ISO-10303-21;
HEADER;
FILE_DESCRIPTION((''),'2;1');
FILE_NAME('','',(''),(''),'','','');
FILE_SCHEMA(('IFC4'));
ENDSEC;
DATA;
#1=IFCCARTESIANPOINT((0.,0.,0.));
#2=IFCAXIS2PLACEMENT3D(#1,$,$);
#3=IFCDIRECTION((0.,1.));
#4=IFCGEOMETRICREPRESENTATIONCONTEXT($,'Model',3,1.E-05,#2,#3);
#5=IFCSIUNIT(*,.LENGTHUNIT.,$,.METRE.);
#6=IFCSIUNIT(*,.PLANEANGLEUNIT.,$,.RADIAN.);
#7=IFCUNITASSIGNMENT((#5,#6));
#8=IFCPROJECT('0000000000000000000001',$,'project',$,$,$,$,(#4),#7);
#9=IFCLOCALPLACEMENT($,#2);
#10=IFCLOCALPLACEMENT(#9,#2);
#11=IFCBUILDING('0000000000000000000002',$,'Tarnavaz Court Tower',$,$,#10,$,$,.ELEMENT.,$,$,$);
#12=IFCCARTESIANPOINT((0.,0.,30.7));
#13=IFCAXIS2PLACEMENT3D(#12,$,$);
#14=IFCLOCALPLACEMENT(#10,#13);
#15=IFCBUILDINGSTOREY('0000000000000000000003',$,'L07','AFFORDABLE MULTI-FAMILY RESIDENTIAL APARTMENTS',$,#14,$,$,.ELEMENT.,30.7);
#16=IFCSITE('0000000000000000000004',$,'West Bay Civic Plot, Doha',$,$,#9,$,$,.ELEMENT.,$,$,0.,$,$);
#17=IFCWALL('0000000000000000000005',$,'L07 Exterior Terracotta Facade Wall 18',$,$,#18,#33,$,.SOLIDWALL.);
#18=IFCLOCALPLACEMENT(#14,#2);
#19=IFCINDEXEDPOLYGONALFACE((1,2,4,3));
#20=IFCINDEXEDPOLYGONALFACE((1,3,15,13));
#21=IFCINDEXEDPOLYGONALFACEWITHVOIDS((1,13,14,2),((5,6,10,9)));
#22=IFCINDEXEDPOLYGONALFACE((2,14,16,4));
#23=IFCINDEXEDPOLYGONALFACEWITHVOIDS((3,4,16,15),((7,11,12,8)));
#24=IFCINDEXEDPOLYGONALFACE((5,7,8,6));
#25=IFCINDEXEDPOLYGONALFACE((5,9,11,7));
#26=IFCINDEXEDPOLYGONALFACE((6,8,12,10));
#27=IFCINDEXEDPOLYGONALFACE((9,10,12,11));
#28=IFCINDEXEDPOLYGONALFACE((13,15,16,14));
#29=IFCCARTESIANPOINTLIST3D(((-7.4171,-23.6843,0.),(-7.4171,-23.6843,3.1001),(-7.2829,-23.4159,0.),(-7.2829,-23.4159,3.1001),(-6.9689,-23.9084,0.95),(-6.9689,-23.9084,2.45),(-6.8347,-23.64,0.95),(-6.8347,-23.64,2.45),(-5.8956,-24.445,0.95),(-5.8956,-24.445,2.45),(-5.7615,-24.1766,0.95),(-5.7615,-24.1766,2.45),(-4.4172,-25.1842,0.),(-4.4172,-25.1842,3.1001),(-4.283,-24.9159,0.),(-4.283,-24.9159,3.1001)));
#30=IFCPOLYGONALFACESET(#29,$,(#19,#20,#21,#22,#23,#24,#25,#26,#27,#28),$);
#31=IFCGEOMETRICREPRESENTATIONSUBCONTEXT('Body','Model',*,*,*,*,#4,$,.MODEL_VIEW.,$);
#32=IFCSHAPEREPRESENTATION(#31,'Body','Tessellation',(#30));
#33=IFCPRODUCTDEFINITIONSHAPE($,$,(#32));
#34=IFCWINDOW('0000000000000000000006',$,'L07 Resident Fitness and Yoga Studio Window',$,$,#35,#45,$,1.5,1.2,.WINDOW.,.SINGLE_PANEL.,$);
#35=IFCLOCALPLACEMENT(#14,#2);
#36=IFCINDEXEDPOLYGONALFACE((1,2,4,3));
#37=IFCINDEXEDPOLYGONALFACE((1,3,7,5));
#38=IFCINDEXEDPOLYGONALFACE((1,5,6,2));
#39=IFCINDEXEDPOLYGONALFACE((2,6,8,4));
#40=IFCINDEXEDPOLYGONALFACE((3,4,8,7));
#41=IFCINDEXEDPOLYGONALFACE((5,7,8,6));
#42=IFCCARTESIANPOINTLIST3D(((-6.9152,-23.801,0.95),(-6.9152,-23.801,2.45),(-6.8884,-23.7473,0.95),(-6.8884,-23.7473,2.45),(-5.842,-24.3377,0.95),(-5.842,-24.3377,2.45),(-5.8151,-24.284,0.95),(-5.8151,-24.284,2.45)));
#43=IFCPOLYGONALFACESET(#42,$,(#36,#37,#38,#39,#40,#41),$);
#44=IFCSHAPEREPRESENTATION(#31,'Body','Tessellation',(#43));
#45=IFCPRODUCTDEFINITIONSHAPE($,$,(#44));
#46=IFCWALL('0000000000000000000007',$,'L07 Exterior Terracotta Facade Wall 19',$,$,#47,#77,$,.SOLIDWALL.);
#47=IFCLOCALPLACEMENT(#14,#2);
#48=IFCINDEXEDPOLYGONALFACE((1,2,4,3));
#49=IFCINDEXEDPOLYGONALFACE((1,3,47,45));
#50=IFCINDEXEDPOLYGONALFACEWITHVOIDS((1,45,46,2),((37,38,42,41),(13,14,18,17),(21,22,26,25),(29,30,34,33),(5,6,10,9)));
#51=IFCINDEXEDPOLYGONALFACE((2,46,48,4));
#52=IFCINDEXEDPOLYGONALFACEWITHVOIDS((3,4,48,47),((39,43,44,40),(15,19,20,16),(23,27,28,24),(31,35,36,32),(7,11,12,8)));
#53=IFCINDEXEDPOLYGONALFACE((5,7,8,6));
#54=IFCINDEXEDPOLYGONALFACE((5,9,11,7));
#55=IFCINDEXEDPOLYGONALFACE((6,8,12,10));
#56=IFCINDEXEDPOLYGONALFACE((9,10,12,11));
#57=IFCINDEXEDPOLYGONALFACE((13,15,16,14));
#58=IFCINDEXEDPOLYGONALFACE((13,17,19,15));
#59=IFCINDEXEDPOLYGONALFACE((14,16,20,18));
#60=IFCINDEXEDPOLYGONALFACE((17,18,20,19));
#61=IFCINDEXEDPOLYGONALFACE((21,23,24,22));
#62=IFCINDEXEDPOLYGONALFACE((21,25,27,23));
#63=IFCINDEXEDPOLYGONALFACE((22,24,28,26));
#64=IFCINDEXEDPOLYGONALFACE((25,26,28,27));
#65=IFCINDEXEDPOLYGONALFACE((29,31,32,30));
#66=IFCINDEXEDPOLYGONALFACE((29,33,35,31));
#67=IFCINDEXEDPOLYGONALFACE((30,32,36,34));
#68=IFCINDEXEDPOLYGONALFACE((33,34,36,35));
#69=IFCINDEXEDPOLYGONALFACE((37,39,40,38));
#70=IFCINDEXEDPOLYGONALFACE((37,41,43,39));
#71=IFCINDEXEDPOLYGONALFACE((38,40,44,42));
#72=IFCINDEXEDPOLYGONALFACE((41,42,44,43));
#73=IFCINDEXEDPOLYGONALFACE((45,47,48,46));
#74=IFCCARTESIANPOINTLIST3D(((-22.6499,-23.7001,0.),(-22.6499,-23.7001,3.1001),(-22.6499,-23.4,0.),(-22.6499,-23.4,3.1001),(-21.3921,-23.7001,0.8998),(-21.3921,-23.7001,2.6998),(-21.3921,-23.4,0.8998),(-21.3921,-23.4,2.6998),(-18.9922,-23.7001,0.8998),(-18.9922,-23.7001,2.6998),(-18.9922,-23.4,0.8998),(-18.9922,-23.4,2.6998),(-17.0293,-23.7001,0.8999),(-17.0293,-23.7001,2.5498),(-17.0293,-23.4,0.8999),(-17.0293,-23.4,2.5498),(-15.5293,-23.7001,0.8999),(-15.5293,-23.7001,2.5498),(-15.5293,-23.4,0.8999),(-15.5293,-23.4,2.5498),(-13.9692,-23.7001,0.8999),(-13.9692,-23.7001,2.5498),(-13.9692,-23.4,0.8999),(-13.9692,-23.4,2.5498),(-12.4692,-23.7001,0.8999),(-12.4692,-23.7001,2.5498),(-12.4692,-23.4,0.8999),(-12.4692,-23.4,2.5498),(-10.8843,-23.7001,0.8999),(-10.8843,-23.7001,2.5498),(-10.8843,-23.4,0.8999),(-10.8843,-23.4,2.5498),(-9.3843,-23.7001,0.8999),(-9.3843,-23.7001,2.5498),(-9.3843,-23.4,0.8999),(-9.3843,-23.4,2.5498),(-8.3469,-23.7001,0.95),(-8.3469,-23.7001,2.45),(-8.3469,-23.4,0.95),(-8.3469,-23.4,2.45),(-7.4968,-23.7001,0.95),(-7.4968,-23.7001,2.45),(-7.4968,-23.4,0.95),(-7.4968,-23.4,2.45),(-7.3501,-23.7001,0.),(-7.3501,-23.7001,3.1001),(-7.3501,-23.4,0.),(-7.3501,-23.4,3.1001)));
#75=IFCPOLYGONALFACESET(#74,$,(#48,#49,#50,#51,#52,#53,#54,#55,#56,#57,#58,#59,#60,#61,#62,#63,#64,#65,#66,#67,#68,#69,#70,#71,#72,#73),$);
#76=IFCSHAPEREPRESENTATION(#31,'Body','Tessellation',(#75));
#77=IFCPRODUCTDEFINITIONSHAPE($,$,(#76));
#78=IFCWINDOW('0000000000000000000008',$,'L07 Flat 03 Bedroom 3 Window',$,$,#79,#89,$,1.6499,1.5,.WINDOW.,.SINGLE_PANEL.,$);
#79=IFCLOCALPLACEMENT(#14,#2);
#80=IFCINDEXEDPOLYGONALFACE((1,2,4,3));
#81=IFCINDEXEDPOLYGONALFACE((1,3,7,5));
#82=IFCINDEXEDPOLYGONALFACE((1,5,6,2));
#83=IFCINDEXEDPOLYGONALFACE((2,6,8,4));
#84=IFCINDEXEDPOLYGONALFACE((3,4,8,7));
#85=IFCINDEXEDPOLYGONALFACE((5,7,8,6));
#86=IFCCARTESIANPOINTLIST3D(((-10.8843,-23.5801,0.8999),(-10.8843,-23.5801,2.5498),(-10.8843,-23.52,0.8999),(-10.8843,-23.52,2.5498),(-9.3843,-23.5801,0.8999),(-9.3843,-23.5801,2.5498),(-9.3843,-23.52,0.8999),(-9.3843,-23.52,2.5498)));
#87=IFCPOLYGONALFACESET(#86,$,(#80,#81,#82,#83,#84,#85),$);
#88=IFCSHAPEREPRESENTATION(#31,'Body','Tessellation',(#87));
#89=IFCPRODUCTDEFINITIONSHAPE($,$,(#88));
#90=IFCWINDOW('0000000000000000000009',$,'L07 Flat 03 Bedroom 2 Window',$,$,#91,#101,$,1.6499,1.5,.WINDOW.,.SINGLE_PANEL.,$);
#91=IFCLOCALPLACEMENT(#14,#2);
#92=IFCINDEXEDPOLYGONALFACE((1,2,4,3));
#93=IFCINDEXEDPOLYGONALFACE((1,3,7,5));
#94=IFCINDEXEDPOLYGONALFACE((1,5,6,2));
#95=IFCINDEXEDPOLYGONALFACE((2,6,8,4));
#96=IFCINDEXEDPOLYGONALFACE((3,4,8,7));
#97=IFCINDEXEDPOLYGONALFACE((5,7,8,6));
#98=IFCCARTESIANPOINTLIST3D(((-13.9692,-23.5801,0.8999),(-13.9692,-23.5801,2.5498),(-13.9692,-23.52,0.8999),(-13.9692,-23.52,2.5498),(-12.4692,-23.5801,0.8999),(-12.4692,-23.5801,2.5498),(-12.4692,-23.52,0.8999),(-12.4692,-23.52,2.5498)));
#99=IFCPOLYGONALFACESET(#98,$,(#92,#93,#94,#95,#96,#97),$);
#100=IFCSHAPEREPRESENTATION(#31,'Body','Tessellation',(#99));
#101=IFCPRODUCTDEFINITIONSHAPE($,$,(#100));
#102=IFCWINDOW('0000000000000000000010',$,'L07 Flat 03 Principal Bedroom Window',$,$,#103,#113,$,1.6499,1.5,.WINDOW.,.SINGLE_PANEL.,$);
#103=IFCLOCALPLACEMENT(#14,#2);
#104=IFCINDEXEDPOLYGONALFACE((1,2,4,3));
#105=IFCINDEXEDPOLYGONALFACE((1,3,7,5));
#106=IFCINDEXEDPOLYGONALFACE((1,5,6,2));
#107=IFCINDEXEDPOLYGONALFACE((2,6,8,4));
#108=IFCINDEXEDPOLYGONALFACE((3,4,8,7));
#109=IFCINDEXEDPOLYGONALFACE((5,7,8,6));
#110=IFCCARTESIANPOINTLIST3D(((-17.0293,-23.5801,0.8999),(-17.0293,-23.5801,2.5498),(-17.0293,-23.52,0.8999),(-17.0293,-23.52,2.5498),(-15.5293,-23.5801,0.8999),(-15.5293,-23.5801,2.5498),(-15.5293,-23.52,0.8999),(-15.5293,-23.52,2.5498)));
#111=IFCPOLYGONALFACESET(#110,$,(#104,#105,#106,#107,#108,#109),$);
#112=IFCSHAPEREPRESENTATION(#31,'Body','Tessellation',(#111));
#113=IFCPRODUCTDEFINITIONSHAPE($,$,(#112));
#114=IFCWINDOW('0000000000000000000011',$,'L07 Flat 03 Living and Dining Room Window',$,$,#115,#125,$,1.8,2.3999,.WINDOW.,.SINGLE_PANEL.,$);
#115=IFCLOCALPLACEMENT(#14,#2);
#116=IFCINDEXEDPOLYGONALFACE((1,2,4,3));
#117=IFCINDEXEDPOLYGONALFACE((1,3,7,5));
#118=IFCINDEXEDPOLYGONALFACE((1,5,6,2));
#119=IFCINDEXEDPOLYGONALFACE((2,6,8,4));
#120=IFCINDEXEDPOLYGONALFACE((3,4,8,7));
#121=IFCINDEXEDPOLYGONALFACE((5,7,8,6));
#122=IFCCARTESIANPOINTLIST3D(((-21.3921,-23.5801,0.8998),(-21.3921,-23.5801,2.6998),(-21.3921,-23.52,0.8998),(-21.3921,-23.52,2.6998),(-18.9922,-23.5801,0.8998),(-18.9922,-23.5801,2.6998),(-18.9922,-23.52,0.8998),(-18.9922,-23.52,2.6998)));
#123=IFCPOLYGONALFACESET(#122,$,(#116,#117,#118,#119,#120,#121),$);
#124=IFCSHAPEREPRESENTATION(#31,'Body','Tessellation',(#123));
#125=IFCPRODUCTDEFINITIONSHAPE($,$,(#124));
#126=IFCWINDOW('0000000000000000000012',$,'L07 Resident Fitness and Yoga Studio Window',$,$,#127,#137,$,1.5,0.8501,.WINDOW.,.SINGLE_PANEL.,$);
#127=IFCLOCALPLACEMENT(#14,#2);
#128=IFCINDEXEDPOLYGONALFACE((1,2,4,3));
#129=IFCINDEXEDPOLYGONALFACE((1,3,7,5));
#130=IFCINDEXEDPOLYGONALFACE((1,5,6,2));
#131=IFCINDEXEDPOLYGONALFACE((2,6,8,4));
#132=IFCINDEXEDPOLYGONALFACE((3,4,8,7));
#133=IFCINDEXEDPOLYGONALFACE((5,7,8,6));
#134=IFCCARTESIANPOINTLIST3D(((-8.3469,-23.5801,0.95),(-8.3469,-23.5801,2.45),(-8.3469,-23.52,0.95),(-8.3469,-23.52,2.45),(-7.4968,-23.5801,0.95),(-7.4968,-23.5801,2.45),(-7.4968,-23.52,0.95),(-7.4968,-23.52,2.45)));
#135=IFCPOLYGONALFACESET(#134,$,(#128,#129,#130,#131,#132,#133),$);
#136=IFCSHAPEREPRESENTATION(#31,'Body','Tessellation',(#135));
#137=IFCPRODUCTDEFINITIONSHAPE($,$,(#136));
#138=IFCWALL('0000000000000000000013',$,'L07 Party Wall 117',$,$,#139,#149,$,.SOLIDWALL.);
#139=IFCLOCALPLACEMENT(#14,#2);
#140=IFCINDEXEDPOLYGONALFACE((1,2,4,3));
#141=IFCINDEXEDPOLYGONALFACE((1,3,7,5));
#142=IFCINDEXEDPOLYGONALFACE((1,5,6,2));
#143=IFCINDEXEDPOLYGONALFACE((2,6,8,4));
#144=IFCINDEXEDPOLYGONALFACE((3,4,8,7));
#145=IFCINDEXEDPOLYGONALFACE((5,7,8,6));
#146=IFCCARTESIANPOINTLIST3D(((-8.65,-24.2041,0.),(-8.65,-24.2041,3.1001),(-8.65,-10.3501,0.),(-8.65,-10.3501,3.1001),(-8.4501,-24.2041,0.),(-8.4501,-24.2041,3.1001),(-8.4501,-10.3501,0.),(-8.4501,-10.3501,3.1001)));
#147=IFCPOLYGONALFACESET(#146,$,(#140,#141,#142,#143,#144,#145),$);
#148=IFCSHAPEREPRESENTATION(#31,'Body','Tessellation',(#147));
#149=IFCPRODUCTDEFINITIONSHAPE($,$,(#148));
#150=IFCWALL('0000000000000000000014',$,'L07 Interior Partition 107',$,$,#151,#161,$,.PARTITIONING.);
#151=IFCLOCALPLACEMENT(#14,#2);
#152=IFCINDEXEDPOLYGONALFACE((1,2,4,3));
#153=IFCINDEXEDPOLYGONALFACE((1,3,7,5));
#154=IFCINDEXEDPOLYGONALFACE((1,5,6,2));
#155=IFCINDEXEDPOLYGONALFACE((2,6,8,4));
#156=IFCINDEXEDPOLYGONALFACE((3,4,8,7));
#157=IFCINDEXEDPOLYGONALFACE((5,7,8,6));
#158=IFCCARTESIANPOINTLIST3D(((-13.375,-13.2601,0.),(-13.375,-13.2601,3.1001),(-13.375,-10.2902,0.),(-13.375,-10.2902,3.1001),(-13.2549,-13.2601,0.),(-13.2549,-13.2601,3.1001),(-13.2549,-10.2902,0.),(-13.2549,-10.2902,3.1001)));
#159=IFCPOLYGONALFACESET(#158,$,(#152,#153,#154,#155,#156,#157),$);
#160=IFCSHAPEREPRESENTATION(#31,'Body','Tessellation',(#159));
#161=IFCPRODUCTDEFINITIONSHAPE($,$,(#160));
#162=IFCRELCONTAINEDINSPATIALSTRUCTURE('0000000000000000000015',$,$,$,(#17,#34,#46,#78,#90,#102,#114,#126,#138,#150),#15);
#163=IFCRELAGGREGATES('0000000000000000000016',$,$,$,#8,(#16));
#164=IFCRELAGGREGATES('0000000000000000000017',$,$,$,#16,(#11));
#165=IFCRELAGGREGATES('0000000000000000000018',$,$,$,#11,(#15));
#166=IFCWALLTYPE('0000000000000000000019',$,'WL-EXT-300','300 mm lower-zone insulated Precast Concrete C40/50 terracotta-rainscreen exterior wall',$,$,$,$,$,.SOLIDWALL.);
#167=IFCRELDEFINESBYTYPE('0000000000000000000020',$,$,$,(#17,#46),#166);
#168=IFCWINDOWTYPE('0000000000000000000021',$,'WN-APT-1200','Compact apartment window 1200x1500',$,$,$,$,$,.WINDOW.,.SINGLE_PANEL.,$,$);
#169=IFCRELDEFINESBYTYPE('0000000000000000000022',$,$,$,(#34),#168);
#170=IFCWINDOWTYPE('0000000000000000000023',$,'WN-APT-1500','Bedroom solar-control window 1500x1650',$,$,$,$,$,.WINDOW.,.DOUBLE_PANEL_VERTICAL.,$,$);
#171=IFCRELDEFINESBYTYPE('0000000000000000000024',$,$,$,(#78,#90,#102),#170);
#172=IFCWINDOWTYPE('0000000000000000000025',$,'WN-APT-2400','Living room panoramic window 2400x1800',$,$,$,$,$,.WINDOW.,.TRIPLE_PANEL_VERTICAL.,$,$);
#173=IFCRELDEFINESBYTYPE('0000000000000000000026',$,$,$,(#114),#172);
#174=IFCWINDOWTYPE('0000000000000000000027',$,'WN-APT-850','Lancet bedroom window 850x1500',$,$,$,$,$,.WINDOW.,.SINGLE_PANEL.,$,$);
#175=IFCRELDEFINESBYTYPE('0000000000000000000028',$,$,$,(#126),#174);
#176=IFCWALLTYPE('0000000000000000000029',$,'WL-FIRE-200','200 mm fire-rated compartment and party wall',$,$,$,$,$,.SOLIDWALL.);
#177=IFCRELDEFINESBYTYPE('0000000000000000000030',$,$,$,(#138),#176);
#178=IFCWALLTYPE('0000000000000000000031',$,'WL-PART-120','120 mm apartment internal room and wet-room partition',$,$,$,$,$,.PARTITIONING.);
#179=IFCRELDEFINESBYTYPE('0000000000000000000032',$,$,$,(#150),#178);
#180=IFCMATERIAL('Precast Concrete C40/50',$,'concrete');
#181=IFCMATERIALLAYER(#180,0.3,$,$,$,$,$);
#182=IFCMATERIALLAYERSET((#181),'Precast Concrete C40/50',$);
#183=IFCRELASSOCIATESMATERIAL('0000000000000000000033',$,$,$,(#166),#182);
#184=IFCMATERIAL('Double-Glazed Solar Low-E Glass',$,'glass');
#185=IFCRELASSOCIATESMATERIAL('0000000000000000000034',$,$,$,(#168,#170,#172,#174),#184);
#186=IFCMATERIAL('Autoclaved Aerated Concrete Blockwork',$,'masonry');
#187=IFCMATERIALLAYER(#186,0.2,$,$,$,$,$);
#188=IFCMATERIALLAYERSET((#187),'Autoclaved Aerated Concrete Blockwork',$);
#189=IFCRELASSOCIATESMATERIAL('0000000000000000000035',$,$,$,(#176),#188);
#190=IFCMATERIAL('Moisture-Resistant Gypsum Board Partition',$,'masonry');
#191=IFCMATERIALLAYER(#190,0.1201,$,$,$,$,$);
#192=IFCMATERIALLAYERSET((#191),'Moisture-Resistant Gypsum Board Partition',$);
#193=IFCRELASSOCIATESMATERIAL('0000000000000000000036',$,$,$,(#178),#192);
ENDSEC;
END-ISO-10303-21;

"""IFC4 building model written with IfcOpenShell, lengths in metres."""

from ifc_helpers import new_model, si_unit, direction, frame, frame_2d, origin, place, context, subcontext, project, spatial, rectangle, extrude, material, layer, layer_set, type_object, element, fill, save


model = new_model("IFC4")

# Units and contexts
model_context = context("Model", 3, precision=1e-05, world=origin(), true_north=direction((0.0, 1.0)))
body_context = subcontext(model_context, "Body", "Model", "MODEL_VIEW")
ifc_project = project(units=[si_unit("LENGTHUNIT", "METRE"), si_unit("PLANEANGLEUNIT", "RADIAN")], contexts=[model_context])

# Site, building, storey
site_placement = place(None, origin())
site = spatial("IfcSite", under=ifc_project, at=site_placement, Name="West Bay Civic Plot, Doha", CompositionType="ELEMENT", RefElevation=0.0)
building_placement = place(site_placement, origin())
building = spatial("IfcBuilding", under=site, at=building_placement, Name="Tarnavaz Court Tower", CompositionType="ELEMENT")
storey_placement = place(building_placement, frame((0.0, 0.0, 30.7)))
storey = spatial("IfcBuildingStorey", under=building, at=storey_placement, Name="L07", Description="AFFORDABLE MULTI-FAMILY RESIDENTIAL APARTMENTS", CompositionType="ELEMENT", Elevation=30.7)

# Shared definitions
ifc_material_1 = material(Name="Double-Glazed Solar Low-E Glass", Category="glass")

# Wall, opening, window
ifc_material_2 = material(Name="Precast Concrete C40/50", Category="concrete")
ifc_layer_1 = layer(ifc_material_2, 0.3)
ifc_layer_set_1 = layer_set([ifc_layer_1], Name="Precast Concrete C40/50")
wall_type_1 = type_object("IfcWallType", Name="WL-EXT-300", Description="300 mm lower-zone insulated Precast Concrete C40/50 terracotta-rainscreen exterior wall", PredefinedType="SOLIDWALL", material=ifc_layer_set_1)
wall_1_placement = place(storey_placement, frame((-4.3501, -25.05, 0.0), z_axis=(0.0, 0.0, 1.0), x_axis=(-0.894427, 0.447214, 0.0)))
wall_1 = element("IfcWall", 1, at=wall_1_placement, inside=storey, type_object=wall_type_1, Name="L07 Exterior Terracotta Facade Wall 18", PredefinedType="SOLIDWALL", context=body_context, shape_type="SweptSolid", body=[
    extrude(rectangle(XDim=3.354, YDim=0.3, at=frame_2d((1.677, 0.0))), origin(), (0.0, 0.0, 1.0), 3.1001),
])
opening_1_placement = place(wall_1_placement, frame((1.6528, 0.0, 0.95)))
opening_1 = element("IfcOpeningElement", 2, at=opening_1_placement, cuts=wall_1, PredefinedType="OPENING", context=body_context, shape_type="SweptSolid", body=[
    extrude(rectangle(XDim=1.2, YDim=1.5, at=frame_2d((0.6001, 0.75))), frame((0.0, 0.1599, 0.0), z_axis=(0.0, -1.0, 0.0), x_axis=(1.0, 0.0, 0.0)), (0.0, 0.0, 1.0), 0.3201),
])
window_type_1 = type_object("IfcWindowType", Name="WN-APT-1200", Description="Compact apartment window 1200x1500", PartitioningType="SINGLE_PANEL", PredefinedType="WINDOW", material=ifc_material_1)
window_1_placement = place(opening_1_placement, origin())
window_1 = element("IfcWindow", 3, at=window_1_placement, inside=storey, type_object=window_type_1, Name="L07 Resident Fitness and Yoga Studio Window", OverallHeight=1.5, OverallWidth=1.2, PartitioningType="SINGLE_PANEL", PredefinedType="WINDOW", context=body_context, shape_type="SweptSolid", body=[
    extrude(rectangle(XDim=1.2, YDim=1.5, at=frame_2d((0.6001, 0.75))), frame((0.0, 0.03, 0.0), z_axis=(0.0, -1.0, 0.0), x_axis=(1.0, 0.0, 0.0)), (0.0, 0.0, 1.0), 0.0601),
])
fill(opening_1, window_1)

# Wall, openings, windows
wall_2_placement = place(storey_placement, frame((-7.3501, -23.55, 0.0), z_axis=(0.0, 0.0, 1.0), x_axis=(-1.0, 0.0, 0.0)))
wall_2 = element("IfcWall", 4, at=wall_2_placement, inside=storey, type_object=wall_type_1, Name="L07 Exterior Terracotta Facade Wall 19", PredefinedType="SOLIDWALL", context=body_context, shape_type="SweptSolid", body=[
    extrude(rectangle(XDim=15.2998, YDim=0.3, at=frame_2d((7.6499, 0.0))), origin(), (0.0, 0.0, 1.0), 3.1001),
])
opening_2_placement = place(wall_2_placement, frame((0.1467, 0.0, 0.95)))
opening_2 = element("IfcOpeningElement", 5, at=opening_2_placement, cuts=wall_2, PredefinedType="OPENING", context=body_context, shape_type="SweptSolid", body=[
    extrude(rectangle(XDim=0.8501, YDim=1.5, at=frame_2d((0.425, 0.75))), frame((0.0, 0.1599, 0.0), z_axis=(0.0, -1.0, 0.0), x_axis=(1.0, 0.0, 0.0)), (0.0, 0.0, 1.0), 0.3201),
])
opening_3_placement = place(wall_2_placement, frame((2.0342, 0.0, 0.8999)))
opening_3 = element("IfcOpeningElement", 6, at=opening_3_placement, cuts=wall_2, PredefinedType="OPENING", context=body_context, shape_type="SweptSolid", body=[
    extrude(rectangle(XDim=1.5, YDim=1.6499, at=frame_2d((0.75, 0.825))), frame((0.0, 0.1599, 0.0), z_axis=(0.0, -1.0, 0.0), x_axis=(1.0, 0.0, 0.0)), (0.0, 0.0, 1.0), 0.3201),
])
opening_4_placement = place(wall_2_placement, frame((5.1191, 0.0, 0.8999)))
opening_4 = element("IfcOpeningElement", 7, at=opening_4_placement, cuts=wall_2, PredefinedType="OPENING", context=body_context, shape_type="SweptSolid", body=[
    extrude(rectangle(XDim=1.5, YDim=1.6499, at=frame_2d((0.75, 0.825))), frame((0.0, 0.1599, 0.0), z_axis=(0.0, -1.0, 0.0), x_axis=(1.0, 0.0, 0.0)), (0.0, 0.0, 1.0), 0.3201),
])
opening_5_placement = place(wall_2_placement, frame((8.1792, 0.0, 0.8999)))
opening_5 = element("IfcOpeningElement", 8, at=opening_5_placement, cuts=wall_2, PredefinedType="OPENING", context=body_context, shape_type="SweptSolid", body=[
    extrude(rectangle(XDim=1.5, YDim=1.6499, at=frame_2d((0.75, 0.825))), frame((0.0, 0.1599, 0.0), z_axis=(0.0, -1.0, 0.0), x_axis=(1.0, 0.0, 0.0)), (0.0, 0.0, 1.0), 0.3201),
])
opening_6_placement = place(wall_2_placement, frame((11.6421, 0.0, 0.8999)))
opening_6 = element("IfcOpeningElement", 9, at=opening_6_placement, cuts=wall_2, PredefinedType="OPENING", context=body_context, shape_type="SweptSolid", body=[
    extrude(rectangle(XDim=2.3999, YDim=1.8, at=frame_2d((1.2, 0.8999))), frame((0.0, 0.1599, 0.0), z_axis=(0.0, -1.0, 0.0), x_axis=(1.0, 0.0, 0.0)), (0.0, 0.0, 1.0), 0.3201),
])
window_type_2 = type_object("IfcWindowType", Name="WN-APT-1500", Description="Bedroom solar-control window 1500x1650", PartitioningType="DOUBLE_PANEL_VERTICAL", PredefinedType="WINDOW", material=ifc_material_1)
window_2_placement = place(opening_3_placement, origin())
window_2 = element("IfcWindow", 10, at=window_2_placement, inside=storey, type_object=window_type_2, Name="L07 Flat 03 Bedroom 3 Window", OverallHeight=1.6499, OverallWidth=1.5, PartitioningType="SINGLE_PANEL", PredefinedType="WINDOW", context=body_context, shape_type="SweptSolid", body=[
    extrude(rectangle(XDim=1.5, YDim=1.6499, at=frame_2d((0.75, 0.825))), frame((0.0, 0.03, 0.0), z_axis=(0.0, -1.0, 0.0), x_axis=(1.0, 0.0, 0.0)), (0.0, 0.0, 1.0), 0.0601),
])
fill(opening_3, window_2)
window_3_placement = place(opening_4_placement, origin())
window_3 = element("IfcWindow", 11, at=window_3_placement, inside=storey, type_object=window_type_2, Name="L07 Flat 03 Bedroom 2 Window", OverallHeight=1.6499, OverallWidth=1.5, PartitioningType="SINGLE_PANEL", PredefinedType="WINDOW", context=body_context, shape_type="SweptSolid", body=[
    extrude(rectangle(XDim=1.5, YDim=1.6499, at=frame_2d((0.75, 0.825))), frame((0.0, 0.03, 0.0), z_axis=(0.0, -1.0, 0.0), x_axis=(1.0, 0.0, 0.0)), (0.0, 0.0, 1.0), 0.0601),
])
fill(opening_4, window_3)
window_4_placement = place(opening_5_placement, origin())
window_4 = element("IfcWindow", 12, at=window_4_placement, inside=storey, type_object=window_type_2, Name="L07 Flat 03 Principal Bedroom Window", OverallHeight=1.6499, OverallWidth=1.5, PartitioningType="SINGLE_PANEL", PredefinedType="WINDOW", context=body_context, shape_type="SweptSolid", body=[
    extrude(rectangle(XDim=1.5, YDim=1.6499, at=frame_2d((0.75, 0.825))), frame((0.0, 0.03, 0.0), z_axis=(0.0, -1.0, 0.0), x_axis=(1.0, 0.0, 0.0)), (0.0, 0.0, 1.0), 0.0601),
])
fill(opening_5, window_4)
window_type_3 = type_object("IfcWindowType", Name="WN-APT-2400", Description="Living room panoramic window 2400x1800", PartitioningType="TRIPLE_PANEL_VERTICAL", PredefinedType="WINDOW", material=ifc_material_1)
window_5_placement = place(opening_6_placement, origin())
window_5 = element("IfcWindow", 13, at=window_5_placement, inside=storey, type_object=window_type_3, Name="L07 Flat 03 Living and Dining Room Window", OverallHeight=1.8, OverallWidth=2.3999, PartitioningType="SINGLE_PANEL", PredefinedType="WINDOW", context=body_context, shape_type="SweptSolid", body=[
    extrude(rectangle(XDim=2.3999, YDim=1.8, at=frame_2d((1.2, 0.8999))), frame((0.0, 0.03, 0.0), z_axis=(0.0, -1.0, 0.0), x_axis=(1.0, 0.0, 0.0)), (0.0, 0.0, 1.0), 0.0601),
])
fill(opening_6, window_5)
window_type_4 = type_object("IfcWindowType", Name="WN-APT-850", Description="Lancet bedroom window 850x1500", PartitioningType="SINGLE_PANEL", PredefinedType="WINDOW", material=ifc_material_1)
window_6_placement = place(opening_2_placement, origin())
window_6 = element("IfcWindow", 14, at=window_6_placement, inside=storey, type_object=window_type_4, Name="L07 Resident Fitness and Yoga Studio Window", OverallHeight=1.5, OverallWidth=0.8501, PartitioningType="SINGLE_PANEL", PredefinedType="WINDOW", context=body_context, shape_type="SweptSolid", body=[
    extrude(rectangle(XDim=0.8501, YDim=1.5, at=frame_2d((0.425, 0.75))), frame((0.0, 0.03, 0.0), z_axis=(0.0, -1.0, 0.0), x_axis=(1.0, 0.0, 0.0)), (0.0, 0.0, 1.0), 0.0601),
])
fill(opening_2, window_6)

# Walls
ifc_material_3 = material(Name="Autoclaved Aerated Concrete Blockwork", Category="masonry")
ifc_layer_2 = layer(ifc_material_3, 0.2)
ifc_layer_set_2 = layer_set([ifc_layer_2], Name="Autoclaved Aerated Concrete Blockwork")
wall_type_2 = type_object("IfcWallType", Name="WL-FIRE-200", Description="200 mm fire-rated compartment and party wall", PredefinedType="SOLIDWALL", material=ifc_layer_set_2)
wall_3_placement = place(storey_placement, frame((-8.55, -24.2041, 0.0), z_axis=(0.0, 0.0, 1.0), x_axis=(0.0, 1.0, 0.0)))
element("IfcWall", 15, at=wall_3_placement, inside=storey, type_object=wall_type_2, Name="L07 Party Wall 117", PredefinedType="SOLIDWALL", context=body_context, shape_type="SweptSolid", body=[
    extrude(rectangle(XDim=13.854, YDim=0.2, at=frame_2d((6.927, 0.0))), origin(), (0.0, 0.0, 1.0), 3.1001),
])
ifc_material_4 = material(Name="Moisture-Resistant Gypsum Board Partition", Category="masonry")
ifc_layer_3 = layer(ifc_material_4, 0.1201)
ifc_layer_set_3 = layer_set([ifc_layer_3], Name="Moisture-Resistant Gypsum Board Partition")
wall_type_3 = type_object("IfcWallType", Name="WL-PART-120", Description="120 mm apartment internal room and wet-room partition", PredefinedType="PARTITIONING", material=ifc_layer_set_3)
wall_4_placement = place(storey_placement, frame((-13.3149, -13.26, 0.0), z_axis=(0.0, 0.0, 1.0), x_axis=(0.0, 1.0, 0.0)))
element("IfcWall", 16, at=wall_4_placement, inside=storey, type_object=wall_type_3, Name="L07 Interior Partition 107", PredefinedType="PARTITIONING", context=body_context, shape_type="SweptSolid", body=[
    extrude(rectangle(XDim=2.97, YDim=0.1201, at=frame_2d((1.4849, 0.0))), origin(), (0.0, 0.0, 1.0), 3.1001),
])

save(model, "model.ifc")
